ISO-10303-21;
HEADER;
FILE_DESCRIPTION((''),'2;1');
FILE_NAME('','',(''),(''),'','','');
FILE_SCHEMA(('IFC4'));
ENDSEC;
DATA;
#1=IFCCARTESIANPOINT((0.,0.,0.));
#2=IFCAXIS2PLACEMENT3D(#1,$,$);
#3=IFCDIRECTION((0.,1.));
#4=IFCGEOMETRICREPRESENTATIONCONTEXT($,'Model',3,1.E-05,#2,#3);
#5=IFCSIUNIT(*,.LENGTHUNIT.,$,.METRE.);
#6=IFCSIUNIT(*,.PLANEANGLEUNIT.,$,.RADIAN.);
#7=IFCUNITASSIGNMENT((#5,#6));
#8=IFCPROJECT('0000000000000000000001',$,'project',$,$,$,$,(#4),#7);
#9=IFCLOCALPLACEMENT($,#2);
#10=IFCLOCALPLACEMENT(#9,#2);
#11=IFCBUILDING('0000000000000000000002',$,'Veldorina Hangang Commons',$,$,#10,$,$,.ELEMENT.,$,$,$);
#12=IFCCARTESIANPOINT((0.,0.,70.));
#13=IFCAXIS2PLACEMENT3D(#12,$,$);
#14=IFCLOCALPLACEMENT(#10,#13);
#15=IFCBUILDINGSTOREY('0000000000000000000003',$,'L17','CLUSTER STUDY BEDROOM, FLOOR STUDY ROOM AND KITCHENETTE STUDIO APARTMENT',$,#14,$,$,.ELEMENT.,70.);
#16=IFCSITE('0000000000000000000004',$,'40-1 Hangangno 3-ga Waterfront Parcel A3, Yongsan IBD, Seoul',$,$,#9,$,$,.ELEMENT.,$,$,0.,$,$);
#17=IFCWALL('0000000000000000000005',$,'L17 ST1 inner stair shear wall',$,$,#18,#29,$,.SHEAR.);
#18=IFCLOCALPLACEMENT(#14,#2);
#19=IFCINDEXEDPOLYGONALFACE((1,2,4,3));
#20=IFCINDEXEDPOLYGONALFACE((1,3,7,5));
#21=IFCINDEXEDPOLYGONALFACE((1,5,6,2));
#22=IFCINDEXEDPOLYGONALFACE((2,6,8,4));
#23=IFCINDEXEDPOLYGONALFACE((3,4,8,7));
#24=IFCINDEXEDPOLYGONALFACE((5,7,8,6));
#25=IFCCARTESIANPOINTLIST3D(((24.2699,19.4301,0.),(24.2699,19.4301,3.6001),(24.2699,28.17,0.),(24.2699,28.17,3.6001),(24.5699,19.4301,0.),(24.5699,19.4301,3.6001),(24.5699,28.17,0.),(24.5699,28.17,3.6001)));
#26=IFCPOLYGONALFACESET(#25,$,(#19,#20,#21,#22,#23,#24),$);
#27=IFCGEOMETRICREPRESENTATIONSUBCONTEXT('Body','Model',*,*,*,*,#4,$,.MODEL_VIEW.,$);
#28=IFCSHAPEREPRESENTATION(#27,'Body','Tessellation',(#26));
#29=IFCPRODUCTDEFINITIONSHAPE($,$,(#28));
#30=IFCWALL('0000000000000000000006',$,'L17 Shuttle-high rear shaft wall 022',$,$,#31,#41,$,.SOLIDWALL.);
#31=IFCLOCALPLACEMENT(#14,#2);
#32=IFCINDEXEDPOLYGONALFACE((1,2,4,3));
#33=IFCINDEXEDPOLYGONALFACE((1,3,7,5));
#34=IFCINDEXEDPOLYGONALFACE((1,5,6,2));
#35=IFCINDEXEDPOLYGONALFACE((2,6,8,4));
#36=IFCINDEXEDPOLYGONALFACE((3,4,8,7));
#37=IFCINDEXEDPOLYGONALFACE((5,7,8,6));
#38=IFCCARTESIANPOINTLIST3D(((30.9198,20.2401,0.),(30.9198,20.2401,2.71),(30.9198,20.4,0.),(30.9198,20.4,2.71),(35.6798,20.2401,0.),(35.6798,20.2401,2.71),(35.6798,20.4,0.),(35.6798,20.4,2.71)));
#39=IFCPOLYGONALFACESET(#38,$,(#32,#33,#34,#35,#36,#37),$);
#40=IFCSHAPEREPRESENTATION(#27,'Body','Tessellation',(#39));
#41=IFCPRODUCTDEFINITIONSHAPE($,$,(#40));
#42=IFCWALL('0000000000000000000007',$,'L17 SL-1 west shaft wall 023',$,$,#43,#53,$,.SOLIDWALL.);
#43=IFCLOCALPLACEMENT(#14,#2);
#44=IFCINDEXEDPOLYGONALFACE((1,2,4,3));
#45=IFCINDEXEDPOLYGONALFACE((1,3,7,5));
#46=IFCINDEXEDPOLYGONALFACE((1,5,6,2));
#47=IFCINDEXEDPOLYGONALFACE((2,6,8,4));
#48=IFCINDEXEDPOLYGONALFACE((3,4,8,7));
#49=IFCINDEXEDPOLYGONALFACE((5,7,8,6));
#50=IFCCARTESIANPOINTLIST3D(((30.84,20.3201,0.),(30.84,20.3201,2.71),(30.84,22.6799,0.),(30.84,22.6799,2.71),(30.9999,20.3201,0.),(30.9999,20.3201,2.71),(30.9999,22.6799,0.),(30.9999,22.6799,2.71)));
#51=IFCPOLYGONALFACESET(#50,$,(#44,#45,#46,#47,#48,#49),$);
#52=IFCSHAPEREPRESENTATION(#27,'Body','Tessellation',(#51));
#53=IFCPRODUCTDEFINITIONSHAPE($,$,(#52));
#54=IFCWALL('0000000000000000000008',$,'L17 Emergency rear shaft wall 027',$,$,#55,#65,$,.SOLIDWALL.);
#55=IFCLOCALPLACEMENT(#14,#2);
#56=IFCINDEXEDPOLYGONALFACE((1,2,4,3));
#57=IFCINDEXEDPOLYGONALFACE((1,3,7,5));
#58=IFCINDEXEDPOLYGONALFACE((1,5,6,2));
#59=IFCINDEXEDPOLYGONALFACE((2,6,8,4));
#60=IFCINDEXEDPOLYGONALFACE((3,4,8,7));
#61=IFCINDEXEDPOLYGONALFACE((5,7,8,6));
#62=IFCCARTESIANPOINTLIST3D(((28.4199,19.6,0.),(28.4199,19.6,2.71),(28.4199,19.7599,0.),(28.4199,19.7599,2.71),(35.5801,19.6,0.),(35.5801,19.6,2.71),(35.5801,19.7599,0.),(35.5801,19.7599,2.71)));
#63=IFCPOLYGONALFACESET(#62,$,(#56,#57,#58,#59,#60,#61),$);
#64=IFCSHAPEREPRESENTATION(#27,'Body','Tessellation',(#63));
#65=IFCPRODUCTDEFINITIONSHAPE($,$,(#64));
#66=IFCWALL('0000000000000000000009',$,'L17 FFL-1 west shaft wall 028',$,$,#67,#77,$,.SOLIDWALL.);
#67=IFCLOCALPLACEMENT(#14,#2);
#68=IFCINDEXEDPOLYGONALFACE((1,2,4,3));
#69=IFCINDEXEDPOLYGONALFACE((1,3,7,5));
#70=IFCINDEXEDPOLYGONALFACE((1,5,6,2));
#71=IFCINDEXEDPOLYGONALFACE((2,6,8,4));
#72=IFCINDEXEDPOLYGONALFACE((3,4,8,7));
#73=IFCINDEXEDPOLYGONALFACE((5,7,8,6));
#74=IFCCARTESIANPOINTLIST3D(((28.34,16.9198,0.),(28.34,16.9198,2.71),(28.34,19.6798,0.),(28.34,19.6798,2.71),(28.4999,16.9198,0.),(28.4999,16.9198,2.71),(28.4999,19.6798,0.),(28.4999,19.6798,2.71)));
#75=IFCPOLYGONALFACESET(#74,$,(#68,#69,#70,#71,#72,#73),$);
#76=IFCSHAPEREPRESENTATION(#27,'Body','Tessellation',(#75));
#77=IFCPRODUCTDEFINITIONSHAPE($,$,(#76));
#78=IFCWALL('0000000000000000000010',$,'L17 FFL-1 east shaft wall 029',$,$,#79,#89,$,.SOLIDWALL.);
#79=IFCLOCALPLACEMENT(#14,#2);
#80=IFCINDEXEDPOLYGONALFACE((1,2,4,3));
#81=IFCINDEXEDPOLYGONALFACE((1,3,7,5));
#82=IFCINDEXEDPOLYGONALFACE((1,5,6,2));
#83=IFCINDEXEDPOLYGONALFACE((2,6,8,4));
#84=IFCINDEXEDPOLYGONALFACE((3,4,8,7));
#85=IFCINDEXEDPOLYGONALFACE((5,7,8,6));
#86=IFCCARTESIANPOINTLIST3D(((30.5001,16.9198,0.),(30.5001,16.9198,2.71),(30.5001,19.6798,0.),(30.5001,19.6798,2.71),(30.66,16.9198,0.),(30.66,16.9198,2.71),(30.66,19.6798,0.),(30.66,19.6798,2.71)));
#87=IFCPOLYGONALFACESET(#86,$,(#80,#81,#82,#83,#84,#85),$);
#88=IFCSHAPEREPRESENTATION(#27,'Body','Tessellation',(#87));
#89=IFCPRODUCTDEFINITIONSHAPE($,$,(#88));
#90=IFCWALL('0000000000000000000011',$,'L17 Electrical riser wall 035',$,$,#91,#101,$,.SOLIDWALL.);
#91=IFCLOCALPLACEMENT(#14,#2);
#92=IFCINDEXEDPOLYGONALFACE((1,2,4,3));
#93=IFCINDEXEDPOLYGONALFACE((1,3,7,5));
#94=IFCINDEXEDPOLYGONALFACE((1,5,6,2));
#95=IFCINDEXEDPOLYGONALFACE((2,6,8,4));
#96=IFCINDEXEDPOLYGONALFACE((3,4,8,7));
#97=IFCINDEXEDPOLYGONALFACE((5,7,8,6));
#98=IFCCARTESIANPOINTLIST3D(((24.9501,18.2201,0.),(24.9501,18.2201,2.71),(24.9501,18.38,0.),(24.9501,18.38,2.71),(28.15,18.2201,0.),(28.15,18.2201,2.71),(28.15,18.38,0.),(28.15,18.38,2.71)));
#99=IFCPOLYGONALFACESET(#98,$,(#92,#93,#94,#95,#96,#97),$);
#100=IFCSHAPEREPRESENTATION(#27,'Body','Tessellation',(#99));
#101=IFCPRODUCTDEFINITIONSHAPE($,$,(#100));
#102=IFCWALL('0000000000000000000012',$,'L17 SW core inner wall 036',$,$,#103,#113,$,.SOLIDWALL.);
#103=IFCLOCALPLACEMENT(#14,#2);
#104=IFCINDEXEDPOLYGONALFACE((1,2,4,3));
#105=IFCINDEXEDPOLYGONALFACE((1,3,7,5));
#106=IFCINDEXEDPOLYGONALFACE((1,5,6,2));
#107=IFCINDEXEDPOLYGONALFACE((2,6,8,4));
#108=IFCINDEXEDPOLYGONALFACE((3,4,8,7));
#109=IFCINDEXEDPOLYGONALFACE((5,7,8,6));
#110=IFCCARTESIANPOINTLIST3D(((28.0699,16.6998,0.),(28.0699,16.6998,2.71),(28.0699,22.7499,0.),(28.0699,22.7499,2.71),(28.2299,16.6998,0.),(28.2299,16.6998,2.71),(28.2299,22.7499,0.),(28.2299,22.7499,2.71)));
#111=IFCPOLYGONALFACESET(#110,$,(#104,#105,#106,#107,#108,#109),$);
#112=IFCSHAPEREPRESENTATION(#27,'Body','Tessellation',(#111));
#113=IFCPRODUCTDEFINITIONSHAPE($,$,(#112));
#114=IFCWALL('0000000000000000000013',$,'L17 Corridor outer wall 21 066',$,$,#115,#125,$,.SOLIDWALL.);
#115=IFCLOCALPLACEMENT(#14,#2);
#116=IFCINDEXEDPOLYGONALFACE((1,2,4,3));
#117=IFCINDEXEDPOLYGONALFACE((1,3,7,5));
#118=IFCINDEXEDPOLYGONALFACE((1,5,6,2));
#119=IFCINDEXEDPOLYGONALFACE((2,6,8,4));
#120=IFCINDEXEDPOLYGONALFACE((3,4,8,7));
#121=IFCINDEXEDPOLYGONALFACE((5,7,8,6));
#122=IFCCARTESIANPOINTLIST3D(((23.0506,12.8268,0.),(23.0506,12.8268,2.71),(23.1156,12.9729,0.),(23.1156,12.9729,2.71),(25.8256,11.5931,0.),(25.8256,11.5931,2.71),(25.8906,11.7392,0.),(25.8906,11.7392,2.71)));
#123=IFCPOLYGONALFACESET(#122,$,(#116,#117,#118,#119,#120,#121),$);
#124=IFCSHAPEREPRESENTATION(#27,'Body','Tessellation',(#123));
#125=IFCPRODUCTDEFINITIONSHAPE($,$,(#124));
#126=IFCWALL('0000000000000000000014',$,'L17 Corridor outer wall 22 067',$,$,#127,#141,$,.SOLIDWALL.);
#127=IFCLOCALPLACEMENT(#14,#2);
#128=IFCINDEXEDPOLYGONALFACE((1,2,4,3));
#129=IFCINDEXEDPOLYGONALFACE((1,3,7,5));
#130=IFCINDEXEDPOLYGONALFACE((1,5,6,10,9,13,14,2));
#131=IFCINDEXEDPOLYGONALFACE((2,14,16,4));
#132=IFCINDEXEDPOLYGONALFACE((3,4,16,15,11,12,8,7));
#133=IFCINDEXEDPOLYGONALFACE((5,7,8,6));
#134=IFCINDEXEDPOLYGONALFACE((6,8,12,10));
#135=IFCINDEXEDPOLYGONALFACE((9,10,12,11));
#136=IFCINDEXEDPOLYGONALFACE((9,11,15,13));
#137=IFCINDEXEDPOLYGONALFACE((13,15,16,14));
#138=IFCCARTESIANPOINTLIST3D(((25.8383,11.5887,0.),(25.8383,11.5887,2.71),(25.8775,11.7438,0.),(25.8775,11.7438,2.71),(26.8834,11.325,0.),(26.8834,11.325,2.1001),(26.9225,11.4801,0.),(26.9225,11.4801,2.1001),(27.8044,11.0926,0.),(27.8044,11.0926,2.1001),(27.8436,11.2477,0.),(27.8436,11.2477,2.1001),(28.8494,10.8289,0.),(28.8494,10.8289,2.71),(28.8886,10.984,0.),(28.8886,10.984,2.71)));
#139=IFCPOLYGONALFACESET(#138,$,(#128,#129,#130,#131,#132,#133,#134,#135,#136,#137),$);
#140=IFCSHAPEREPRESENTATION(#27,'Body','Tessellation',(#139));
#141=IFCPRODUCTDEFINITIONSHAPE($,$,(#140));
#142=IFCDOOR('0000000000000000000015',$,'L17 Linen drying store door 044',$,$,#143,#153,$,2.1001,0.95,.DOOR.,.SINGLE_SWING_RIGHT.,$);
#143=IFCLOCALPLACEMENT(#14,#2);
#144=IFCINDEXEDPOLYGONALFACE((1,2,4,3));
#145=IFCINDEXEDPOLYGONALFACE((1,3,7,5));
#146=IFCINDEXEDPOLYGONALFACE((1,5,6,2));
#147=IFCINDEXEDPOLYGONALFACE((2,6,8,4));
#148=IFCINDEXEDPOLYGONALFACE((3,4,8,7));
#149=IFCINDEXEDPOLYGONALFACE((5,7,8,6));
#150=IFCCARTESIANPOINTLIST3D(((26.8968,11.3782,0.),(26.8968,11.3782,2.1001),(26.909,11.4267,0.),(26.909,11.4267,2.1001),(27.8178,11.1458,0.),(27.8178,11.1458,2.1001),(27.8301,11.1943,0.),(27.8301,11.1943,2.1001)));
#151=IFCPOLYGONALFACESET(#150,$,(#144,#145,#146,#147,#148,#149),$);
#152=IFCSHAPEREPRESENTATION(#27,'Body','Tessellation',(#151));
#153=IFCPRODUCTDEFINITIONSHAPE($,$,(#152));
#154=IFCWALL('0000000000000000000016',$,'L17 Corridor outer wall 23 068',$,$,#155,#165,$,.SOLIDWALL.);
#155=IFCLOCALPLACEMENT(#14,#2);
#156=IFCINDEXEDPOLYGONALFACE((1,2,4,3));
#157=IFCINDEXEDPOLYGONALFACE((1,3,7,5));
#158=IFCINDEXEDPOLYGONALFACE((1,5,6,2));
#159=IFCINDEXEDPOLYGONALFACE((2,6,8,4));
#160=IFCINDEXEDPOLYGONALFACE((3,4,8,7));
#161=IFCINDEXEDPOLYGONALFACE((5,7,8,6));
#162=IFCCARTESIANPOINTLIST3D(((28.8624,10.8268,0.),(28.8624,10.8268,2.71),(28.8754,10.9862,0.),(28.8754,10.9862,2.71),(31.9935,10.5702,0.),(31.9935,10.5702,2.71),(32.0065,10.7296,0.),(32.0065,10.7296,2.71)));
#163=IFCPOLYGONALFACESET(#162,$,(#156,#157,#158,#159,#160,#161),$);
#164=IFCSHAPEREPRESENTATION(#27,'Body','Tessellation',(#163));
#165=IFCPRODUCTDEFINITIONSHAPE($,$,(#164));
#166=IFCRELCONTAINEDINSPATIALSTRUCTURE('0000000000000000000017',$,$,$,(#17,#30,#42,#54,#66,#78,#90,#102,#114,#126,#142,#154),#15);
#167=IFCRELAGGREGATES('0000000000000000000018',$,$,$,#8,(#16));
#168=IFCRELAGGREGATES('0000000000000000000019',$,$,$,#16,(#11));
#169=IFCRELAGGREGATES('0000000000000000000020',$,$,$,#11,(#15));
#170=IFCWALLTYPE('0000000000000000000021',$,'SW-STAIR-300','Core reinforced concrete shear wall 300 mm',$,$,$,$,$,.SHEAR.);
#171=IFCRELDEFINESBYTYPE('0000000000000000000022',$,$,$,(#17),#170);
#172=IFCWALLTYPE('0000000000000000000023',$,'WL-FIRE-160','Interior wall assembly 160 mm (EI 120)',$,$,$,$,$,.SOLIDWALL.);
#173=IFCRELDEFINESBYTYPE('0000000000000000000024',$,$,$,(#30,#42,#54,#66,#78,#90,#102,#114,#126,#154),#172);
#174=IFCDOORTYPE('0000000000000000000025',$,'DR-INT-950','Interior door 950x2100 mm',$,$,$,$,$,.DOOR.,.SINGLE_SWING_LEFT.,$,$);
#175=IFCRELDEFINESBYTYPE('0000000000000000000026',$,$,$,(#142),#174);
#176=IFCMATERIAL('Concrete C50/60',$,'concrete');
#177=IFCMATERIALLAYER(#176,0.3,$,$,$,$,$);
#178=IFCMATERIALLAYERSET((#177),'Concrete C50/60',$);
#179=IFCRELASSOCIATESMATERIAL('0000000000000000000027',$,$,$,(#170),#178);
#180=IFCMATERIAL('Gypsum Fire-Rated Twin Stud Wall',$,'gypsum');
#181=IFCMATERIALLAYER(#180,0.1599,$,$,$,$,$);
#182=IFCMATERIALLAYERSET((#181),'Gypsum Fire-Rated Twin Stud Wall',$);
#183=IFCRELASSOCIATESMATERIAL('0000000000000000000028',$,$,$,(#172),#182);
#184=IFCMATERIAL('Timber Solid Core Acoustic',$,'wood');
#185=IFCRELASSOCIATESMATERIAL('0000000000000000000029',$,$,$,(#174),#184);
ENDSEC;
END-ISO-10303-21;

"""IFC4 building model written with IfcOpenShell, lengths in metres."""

from ifc_helpers import new_model, si_unit, direction, frame, frame_2d, origin, place, context, subcontext, project, spatial, rectangle, extrude, material, layer, layer_set, type_object, element, fill, save


model = new_model("IFC4")

# Units and contexts
model_context = context("Model", 3, precision=1e-05, world=origin(), true_north=direction((0.0, 1.0)))
body_context = subcontext(model_context, "Body", "Model", "MODEL_VIEW")
ifc_project = project(units=[si_unit("LENGTHUNIT", "METRE"), si_unit("PLANEANGLEUNIT", "RADIAN")], contexts=[model_context])

# Site, building, storey
site_placement = place(None, origin())
site = spatial("IfcSite", under=ifc_project, at=site_placement, Name="40-1 Hangangno 3-ga Waterfront Parcel A3, Yongsan IBD, Seoul", CompositionType="ELEMENT", RefElevation=0.0)
building_placement = place(site_placement, origin())
building = spatial("IfcBuilding", under=site, at=building_placement, Name="Veldorina Hangang Commons", CompositionType="ELEMENT")
storey_placement = place(building_placement, frame((0.0, 0.0, 70.0)))
storey = spatial("IfcBuildingStorey", under=building, at=storey_placement, Name="L17", Description="CLUSTER STUDY BEDROOM, FLOOR STUDY ROOM AND KITCHENETTE STUDIO APARTMENT", CompositionType="ELEMENT", Elevation=70.0)

# Walls
ifc_material_1 = material(Name="Concrete C50/60", Category="concrete")
ifc_layer_1 = layer(ifc_material_1, 0.3)
ifc_layer_set_1 = layer_set([ifc_layer_1], Name="Concrete C50/60")
wall_type_1 = type_object("IfcWallType", Name="SW-STAIR-300", Description="Core reinforced concrete shear wall 300 mm", PredefinedType="SHEAR", material=ifc_layer_set_1)
wall_1_placement = place(storey_placement, frame((24.4199, 19.4299, 0.0), z_axis=(0.0, 0.0, 1.0), x_axis=(0.0, 1.0, 0.0)))
element("IfcWall", 1, at=wall_1_placement, inside=storey, type_object=wall_type_1, Name="L17 ST1 inner stair shear wall", PredefinedType="SHEAR", context=body_context, shape_type="SweptSolid", body=[
    extrude(rectangle(XDim=8.74, YDim=0.3, at=frame_2d((4.3701, 0.0))), origin(), (0.0, 0.0, 1.0), 3.6001),
])
ifc_material_2 = material(Name="Gypsum Fire-Rated Twin Stud Wall", Category="gypsum")
ifc_layer_2 = layer(ifc_material_2, 0.1599)
ifc_layer_set_2 = layer_set([ifc_layer_2], Name="Gypsum Fire-Rated Twin Stud Wall")
wall_type_2 = type_object("IfcWallType", Name="WL-FIRE-160", Description="Interior wall assembly 160 mm (EI 120)", PredefinedType="SOLIDWALL", material=ifc_layer_set_2)
wall_2_placement = place(storey_placement, frame((30.9199, 20.3201, 0.0), z_axis=(0.0, 0.0, 1.0), x_axis=(1.0, 0.0, 0.0)))
element("IfcWall", 2, at=wall_2_placement, inside=storey, type_object=wall_type_2, Name="L17 Shuttle-high rear shaft wall 022", PredefinedType="SOLIDWALL", context=body_context, shape_type="SweptSolid", body=[
    extrude(rectangle(XDim=4.76, YDim=0.1599, at=frame_2d((2.3799, 0.0))), origin(), (0.0, 0.0, 1.0), 2.71),
])
wall_3_placement = place(storey_placement, frame((30.9199, 20.3201, 0.0), z_axis=(0.0, 0.0, 1.0), x_axis=(0.0, 1.0, 0.0)))
element("IfcWall", 3, at=wall_3_placement, inside=storey, type_object=wall_type_2, Name="L17 SL-1 west shaft wall 023", PredefinedType="SOLIDWALL", context=body_context, shape_type="SweptSolid", body=[
    extrude(rectangle(XDim=2.3599, YDim=0.1599, at=frame_2d((1.1799, 0.0))), origin(), (0.0, 0.0, 1.0), 2.71),
])

# Walls
wall_4_placement = place(storey_placement, frame((28.4199, 19.6799, 0.0), z_axis=(0.0, 0.0, 1.0), x_axis=(1.0, 0.0, 0.0)))
element("IfcWall", 4, at=wall_4_placement, inside=storey, type_object=wall_type_2, Name="L17 Emergency rear shaft wall 027", PredefinedType="SOLIDWALL", context=body_context, shape_type="SweptSolid", body=[
    extrude(rectangle(XDim=7.1602, YDim=0.1599, at=frame_2d((3.5801, 0.0))), origin(), (0.0, 0.0, 1.0), 2.71),
])
for number, where, z_axis, x_axis, name in (
    (5, (28.4199, 16.9199, 0.0), (0.0, 0.0, 1.0), (0.0, 1.0, 0.0), "L17 FFL-1 west shaft wall 028"),
    (6, (30.5801, 16.9199, 0.0), (0.0, 0.0, 1.0), (0.0, 1.0, 0.0), "L17 FFL-1 east shaft wall 029"),
):
    element("IfcWall", number, at=place(storey_placement, frame(where, z_axis=z_axis, x_axis=x_axis)), inside=storey, type_object=wall_type_2, Name=name, PredefinedType="SOLIDWALL", context=body_context, shape_type="SweptSolid", body=[
        extrude(rectangle(XDim=2.76, YDim=0.1599, at=frame_2d((1.3799, 0.0))), origin(), (0.0, 0.0, 1.0), 2.71),
    ])
wall_5_placement = place(storey_placement, frame((24.95, 18.3, 0.0), z_axis=(0.0, 0.0, 1.0), x_axis=(1.0, 0.0, 0.0)))
element("IfcWall", 7, at=wall_5_placement, inside=storey, type_object=wall_type_2, Name="L17 Electrical riser wall 035", PredefinedType="SOLIDWALL", context=body_context, shape_type="SweptSolid", body=[
    extrude(rectangle(XDim=3.2, YDim=0.1599, at=frame_2d((1.6001, 0.0))), origin(), (0.0, 0.0, 1.0), 2.71),
])
wall_6_placement = place(storey_placement, frame((28.1499, 16.7, 0.0), z_axis=(0.0, 0.0, 1.0), x_axis=(0.0, 1.0, 0.0)))
element("IfcWall", 8, at=wall_6_placement, inside=storey, type_object=wall_type_2, Name="L17 SW core inner wall 036", PredefinedType="SOLIDWALL", context=body_context, shape_type="SweptSolid", body=[
    extrude(rectangle(XDim=6.05, YDim=0.1599, at=frame_2d((3.0249, 0.0))), origin(), (0.0, 0.0, 1.0), 2.71),
])
wall_7_placement = place(storey_placement, frame((23.083, 12.8999, 0.0), z_axis=(0.0, 0.0, 1.0), x_axis=(0.913768, -0.406235, 0.0)))
element("IfcWall", 9, at=wall_7_placement, inside=storey, type_object=wall_type_2, Name="L17 Corridor outer wall 21 066", PredefinedType="SOLIDWALL", context=body_context, shape_type="SweptSolid", body=[
    extrude(rectangle(XDim=3.0369, YDim=0.1599, at=frame_2d((1.5186, 0.0))), origin(), (0.0, 0.0, 1.0), 2.71),
])

# Wall, opening, door
wall_8_placement = place(storey_placement, frame((25.8579, 11.6663, 0.0), z_axis=(0.0, 0.0, 1.0), x_axis=(0.969608, -0.244662, 0.0)))
wall_8 = element("IfcWall", 10, at=wall_8_placement, inside=storey, type_object=wall_type_2, Name="L17 Corridor outer wall 22 067", PredefinedType="SOLIDWALL", context=body_context, shape_type="SweptSolid", body=[
    extrude(rectangle(XDim=3.1055, YDim=0.1599, at=frame_2d((1.5527, 0.0))), origin(), (0.0, 0.0, 1.0), 2.71),
])
opening_1_placement = place(wall_8_placement, frame((1.0776, 0.0, 0.0)))
opening_1 = element("IfcOpeningElement", 11, at=opening_1_placement, cuts=wall_8, PredefinedType="OPENING", context=body_context, shape_type="SweptSolid", body=[
    extrude(rectangle(XDim=0.95, YDim=2.1001, at=frame_2d((0.4751, 1.05))), frame((0.0, 0.0898, 0.0), z_axis=(0.0, -1.0, 0.0), x_axis=(1.0, 0.0, 0.0)), (0.0, 0.0, 1.0), 0.1799),
])
ifc_material_3 = material(Name="Timber Solid Core Acoustic", Category="wood")
door_type_1 = type_object("IfcDoorType", Name="DR-INT-950", Description="Interior door 950x2100 mm", OperationType="SINGLE_SWING_LEFT", PredefinedType="DOOR", material=ifc_material_3)
door_1_placement = place(opening_1_placement, origin())
door_1 = element("IfcDoor", 12, at=door_1_placement, inside=storey, type_object=door_type_1, Name="L17 Linen drying store door 044", OperationType="SINGLE_SWING_RIGHT", OverallHeight=2.1001, OverallWidth=0.95, PredefinedType="DOOR", context=body_context, shape_type="SweptSolid", body=[
    extrude(rectangle(XDim=0.95, YDim=2.1001, at=frame_2d((0.4751, 1.05))), frame((0.0, 0.0249, 0.0), z_axis=(0.0, -1.0, 0.0), x_axis=(1.0, 0.0, 0.0)), (0.0, 0.0, 1.0), 0.05),
])
fill(opening_1, door_1)

# Wall
wall_9_placement = place(storey_placement, frame((28.8689, 10.9065, 0.0), z_axis=(0.0, 0.0, 1.0), x_axis=(0.996659, -0.081676, 0.0)))
element("IfcWall", 13, at=wall_9_placement, inside=storey, type_object=wall_type_2, Name="L17 Corridor outer wall 23 068", PredefinedType="SOLIDWALL", context=body_context, shape_type="SweptSolid", body=[
    extrude(rectangle(XDim=3.1416, YDim=0.1599, at=frame_2d((1.5708, 0.0))), origin(), (0.0, 0.0, 1.0), 2.71),
])

save(model, "model.ifc")
